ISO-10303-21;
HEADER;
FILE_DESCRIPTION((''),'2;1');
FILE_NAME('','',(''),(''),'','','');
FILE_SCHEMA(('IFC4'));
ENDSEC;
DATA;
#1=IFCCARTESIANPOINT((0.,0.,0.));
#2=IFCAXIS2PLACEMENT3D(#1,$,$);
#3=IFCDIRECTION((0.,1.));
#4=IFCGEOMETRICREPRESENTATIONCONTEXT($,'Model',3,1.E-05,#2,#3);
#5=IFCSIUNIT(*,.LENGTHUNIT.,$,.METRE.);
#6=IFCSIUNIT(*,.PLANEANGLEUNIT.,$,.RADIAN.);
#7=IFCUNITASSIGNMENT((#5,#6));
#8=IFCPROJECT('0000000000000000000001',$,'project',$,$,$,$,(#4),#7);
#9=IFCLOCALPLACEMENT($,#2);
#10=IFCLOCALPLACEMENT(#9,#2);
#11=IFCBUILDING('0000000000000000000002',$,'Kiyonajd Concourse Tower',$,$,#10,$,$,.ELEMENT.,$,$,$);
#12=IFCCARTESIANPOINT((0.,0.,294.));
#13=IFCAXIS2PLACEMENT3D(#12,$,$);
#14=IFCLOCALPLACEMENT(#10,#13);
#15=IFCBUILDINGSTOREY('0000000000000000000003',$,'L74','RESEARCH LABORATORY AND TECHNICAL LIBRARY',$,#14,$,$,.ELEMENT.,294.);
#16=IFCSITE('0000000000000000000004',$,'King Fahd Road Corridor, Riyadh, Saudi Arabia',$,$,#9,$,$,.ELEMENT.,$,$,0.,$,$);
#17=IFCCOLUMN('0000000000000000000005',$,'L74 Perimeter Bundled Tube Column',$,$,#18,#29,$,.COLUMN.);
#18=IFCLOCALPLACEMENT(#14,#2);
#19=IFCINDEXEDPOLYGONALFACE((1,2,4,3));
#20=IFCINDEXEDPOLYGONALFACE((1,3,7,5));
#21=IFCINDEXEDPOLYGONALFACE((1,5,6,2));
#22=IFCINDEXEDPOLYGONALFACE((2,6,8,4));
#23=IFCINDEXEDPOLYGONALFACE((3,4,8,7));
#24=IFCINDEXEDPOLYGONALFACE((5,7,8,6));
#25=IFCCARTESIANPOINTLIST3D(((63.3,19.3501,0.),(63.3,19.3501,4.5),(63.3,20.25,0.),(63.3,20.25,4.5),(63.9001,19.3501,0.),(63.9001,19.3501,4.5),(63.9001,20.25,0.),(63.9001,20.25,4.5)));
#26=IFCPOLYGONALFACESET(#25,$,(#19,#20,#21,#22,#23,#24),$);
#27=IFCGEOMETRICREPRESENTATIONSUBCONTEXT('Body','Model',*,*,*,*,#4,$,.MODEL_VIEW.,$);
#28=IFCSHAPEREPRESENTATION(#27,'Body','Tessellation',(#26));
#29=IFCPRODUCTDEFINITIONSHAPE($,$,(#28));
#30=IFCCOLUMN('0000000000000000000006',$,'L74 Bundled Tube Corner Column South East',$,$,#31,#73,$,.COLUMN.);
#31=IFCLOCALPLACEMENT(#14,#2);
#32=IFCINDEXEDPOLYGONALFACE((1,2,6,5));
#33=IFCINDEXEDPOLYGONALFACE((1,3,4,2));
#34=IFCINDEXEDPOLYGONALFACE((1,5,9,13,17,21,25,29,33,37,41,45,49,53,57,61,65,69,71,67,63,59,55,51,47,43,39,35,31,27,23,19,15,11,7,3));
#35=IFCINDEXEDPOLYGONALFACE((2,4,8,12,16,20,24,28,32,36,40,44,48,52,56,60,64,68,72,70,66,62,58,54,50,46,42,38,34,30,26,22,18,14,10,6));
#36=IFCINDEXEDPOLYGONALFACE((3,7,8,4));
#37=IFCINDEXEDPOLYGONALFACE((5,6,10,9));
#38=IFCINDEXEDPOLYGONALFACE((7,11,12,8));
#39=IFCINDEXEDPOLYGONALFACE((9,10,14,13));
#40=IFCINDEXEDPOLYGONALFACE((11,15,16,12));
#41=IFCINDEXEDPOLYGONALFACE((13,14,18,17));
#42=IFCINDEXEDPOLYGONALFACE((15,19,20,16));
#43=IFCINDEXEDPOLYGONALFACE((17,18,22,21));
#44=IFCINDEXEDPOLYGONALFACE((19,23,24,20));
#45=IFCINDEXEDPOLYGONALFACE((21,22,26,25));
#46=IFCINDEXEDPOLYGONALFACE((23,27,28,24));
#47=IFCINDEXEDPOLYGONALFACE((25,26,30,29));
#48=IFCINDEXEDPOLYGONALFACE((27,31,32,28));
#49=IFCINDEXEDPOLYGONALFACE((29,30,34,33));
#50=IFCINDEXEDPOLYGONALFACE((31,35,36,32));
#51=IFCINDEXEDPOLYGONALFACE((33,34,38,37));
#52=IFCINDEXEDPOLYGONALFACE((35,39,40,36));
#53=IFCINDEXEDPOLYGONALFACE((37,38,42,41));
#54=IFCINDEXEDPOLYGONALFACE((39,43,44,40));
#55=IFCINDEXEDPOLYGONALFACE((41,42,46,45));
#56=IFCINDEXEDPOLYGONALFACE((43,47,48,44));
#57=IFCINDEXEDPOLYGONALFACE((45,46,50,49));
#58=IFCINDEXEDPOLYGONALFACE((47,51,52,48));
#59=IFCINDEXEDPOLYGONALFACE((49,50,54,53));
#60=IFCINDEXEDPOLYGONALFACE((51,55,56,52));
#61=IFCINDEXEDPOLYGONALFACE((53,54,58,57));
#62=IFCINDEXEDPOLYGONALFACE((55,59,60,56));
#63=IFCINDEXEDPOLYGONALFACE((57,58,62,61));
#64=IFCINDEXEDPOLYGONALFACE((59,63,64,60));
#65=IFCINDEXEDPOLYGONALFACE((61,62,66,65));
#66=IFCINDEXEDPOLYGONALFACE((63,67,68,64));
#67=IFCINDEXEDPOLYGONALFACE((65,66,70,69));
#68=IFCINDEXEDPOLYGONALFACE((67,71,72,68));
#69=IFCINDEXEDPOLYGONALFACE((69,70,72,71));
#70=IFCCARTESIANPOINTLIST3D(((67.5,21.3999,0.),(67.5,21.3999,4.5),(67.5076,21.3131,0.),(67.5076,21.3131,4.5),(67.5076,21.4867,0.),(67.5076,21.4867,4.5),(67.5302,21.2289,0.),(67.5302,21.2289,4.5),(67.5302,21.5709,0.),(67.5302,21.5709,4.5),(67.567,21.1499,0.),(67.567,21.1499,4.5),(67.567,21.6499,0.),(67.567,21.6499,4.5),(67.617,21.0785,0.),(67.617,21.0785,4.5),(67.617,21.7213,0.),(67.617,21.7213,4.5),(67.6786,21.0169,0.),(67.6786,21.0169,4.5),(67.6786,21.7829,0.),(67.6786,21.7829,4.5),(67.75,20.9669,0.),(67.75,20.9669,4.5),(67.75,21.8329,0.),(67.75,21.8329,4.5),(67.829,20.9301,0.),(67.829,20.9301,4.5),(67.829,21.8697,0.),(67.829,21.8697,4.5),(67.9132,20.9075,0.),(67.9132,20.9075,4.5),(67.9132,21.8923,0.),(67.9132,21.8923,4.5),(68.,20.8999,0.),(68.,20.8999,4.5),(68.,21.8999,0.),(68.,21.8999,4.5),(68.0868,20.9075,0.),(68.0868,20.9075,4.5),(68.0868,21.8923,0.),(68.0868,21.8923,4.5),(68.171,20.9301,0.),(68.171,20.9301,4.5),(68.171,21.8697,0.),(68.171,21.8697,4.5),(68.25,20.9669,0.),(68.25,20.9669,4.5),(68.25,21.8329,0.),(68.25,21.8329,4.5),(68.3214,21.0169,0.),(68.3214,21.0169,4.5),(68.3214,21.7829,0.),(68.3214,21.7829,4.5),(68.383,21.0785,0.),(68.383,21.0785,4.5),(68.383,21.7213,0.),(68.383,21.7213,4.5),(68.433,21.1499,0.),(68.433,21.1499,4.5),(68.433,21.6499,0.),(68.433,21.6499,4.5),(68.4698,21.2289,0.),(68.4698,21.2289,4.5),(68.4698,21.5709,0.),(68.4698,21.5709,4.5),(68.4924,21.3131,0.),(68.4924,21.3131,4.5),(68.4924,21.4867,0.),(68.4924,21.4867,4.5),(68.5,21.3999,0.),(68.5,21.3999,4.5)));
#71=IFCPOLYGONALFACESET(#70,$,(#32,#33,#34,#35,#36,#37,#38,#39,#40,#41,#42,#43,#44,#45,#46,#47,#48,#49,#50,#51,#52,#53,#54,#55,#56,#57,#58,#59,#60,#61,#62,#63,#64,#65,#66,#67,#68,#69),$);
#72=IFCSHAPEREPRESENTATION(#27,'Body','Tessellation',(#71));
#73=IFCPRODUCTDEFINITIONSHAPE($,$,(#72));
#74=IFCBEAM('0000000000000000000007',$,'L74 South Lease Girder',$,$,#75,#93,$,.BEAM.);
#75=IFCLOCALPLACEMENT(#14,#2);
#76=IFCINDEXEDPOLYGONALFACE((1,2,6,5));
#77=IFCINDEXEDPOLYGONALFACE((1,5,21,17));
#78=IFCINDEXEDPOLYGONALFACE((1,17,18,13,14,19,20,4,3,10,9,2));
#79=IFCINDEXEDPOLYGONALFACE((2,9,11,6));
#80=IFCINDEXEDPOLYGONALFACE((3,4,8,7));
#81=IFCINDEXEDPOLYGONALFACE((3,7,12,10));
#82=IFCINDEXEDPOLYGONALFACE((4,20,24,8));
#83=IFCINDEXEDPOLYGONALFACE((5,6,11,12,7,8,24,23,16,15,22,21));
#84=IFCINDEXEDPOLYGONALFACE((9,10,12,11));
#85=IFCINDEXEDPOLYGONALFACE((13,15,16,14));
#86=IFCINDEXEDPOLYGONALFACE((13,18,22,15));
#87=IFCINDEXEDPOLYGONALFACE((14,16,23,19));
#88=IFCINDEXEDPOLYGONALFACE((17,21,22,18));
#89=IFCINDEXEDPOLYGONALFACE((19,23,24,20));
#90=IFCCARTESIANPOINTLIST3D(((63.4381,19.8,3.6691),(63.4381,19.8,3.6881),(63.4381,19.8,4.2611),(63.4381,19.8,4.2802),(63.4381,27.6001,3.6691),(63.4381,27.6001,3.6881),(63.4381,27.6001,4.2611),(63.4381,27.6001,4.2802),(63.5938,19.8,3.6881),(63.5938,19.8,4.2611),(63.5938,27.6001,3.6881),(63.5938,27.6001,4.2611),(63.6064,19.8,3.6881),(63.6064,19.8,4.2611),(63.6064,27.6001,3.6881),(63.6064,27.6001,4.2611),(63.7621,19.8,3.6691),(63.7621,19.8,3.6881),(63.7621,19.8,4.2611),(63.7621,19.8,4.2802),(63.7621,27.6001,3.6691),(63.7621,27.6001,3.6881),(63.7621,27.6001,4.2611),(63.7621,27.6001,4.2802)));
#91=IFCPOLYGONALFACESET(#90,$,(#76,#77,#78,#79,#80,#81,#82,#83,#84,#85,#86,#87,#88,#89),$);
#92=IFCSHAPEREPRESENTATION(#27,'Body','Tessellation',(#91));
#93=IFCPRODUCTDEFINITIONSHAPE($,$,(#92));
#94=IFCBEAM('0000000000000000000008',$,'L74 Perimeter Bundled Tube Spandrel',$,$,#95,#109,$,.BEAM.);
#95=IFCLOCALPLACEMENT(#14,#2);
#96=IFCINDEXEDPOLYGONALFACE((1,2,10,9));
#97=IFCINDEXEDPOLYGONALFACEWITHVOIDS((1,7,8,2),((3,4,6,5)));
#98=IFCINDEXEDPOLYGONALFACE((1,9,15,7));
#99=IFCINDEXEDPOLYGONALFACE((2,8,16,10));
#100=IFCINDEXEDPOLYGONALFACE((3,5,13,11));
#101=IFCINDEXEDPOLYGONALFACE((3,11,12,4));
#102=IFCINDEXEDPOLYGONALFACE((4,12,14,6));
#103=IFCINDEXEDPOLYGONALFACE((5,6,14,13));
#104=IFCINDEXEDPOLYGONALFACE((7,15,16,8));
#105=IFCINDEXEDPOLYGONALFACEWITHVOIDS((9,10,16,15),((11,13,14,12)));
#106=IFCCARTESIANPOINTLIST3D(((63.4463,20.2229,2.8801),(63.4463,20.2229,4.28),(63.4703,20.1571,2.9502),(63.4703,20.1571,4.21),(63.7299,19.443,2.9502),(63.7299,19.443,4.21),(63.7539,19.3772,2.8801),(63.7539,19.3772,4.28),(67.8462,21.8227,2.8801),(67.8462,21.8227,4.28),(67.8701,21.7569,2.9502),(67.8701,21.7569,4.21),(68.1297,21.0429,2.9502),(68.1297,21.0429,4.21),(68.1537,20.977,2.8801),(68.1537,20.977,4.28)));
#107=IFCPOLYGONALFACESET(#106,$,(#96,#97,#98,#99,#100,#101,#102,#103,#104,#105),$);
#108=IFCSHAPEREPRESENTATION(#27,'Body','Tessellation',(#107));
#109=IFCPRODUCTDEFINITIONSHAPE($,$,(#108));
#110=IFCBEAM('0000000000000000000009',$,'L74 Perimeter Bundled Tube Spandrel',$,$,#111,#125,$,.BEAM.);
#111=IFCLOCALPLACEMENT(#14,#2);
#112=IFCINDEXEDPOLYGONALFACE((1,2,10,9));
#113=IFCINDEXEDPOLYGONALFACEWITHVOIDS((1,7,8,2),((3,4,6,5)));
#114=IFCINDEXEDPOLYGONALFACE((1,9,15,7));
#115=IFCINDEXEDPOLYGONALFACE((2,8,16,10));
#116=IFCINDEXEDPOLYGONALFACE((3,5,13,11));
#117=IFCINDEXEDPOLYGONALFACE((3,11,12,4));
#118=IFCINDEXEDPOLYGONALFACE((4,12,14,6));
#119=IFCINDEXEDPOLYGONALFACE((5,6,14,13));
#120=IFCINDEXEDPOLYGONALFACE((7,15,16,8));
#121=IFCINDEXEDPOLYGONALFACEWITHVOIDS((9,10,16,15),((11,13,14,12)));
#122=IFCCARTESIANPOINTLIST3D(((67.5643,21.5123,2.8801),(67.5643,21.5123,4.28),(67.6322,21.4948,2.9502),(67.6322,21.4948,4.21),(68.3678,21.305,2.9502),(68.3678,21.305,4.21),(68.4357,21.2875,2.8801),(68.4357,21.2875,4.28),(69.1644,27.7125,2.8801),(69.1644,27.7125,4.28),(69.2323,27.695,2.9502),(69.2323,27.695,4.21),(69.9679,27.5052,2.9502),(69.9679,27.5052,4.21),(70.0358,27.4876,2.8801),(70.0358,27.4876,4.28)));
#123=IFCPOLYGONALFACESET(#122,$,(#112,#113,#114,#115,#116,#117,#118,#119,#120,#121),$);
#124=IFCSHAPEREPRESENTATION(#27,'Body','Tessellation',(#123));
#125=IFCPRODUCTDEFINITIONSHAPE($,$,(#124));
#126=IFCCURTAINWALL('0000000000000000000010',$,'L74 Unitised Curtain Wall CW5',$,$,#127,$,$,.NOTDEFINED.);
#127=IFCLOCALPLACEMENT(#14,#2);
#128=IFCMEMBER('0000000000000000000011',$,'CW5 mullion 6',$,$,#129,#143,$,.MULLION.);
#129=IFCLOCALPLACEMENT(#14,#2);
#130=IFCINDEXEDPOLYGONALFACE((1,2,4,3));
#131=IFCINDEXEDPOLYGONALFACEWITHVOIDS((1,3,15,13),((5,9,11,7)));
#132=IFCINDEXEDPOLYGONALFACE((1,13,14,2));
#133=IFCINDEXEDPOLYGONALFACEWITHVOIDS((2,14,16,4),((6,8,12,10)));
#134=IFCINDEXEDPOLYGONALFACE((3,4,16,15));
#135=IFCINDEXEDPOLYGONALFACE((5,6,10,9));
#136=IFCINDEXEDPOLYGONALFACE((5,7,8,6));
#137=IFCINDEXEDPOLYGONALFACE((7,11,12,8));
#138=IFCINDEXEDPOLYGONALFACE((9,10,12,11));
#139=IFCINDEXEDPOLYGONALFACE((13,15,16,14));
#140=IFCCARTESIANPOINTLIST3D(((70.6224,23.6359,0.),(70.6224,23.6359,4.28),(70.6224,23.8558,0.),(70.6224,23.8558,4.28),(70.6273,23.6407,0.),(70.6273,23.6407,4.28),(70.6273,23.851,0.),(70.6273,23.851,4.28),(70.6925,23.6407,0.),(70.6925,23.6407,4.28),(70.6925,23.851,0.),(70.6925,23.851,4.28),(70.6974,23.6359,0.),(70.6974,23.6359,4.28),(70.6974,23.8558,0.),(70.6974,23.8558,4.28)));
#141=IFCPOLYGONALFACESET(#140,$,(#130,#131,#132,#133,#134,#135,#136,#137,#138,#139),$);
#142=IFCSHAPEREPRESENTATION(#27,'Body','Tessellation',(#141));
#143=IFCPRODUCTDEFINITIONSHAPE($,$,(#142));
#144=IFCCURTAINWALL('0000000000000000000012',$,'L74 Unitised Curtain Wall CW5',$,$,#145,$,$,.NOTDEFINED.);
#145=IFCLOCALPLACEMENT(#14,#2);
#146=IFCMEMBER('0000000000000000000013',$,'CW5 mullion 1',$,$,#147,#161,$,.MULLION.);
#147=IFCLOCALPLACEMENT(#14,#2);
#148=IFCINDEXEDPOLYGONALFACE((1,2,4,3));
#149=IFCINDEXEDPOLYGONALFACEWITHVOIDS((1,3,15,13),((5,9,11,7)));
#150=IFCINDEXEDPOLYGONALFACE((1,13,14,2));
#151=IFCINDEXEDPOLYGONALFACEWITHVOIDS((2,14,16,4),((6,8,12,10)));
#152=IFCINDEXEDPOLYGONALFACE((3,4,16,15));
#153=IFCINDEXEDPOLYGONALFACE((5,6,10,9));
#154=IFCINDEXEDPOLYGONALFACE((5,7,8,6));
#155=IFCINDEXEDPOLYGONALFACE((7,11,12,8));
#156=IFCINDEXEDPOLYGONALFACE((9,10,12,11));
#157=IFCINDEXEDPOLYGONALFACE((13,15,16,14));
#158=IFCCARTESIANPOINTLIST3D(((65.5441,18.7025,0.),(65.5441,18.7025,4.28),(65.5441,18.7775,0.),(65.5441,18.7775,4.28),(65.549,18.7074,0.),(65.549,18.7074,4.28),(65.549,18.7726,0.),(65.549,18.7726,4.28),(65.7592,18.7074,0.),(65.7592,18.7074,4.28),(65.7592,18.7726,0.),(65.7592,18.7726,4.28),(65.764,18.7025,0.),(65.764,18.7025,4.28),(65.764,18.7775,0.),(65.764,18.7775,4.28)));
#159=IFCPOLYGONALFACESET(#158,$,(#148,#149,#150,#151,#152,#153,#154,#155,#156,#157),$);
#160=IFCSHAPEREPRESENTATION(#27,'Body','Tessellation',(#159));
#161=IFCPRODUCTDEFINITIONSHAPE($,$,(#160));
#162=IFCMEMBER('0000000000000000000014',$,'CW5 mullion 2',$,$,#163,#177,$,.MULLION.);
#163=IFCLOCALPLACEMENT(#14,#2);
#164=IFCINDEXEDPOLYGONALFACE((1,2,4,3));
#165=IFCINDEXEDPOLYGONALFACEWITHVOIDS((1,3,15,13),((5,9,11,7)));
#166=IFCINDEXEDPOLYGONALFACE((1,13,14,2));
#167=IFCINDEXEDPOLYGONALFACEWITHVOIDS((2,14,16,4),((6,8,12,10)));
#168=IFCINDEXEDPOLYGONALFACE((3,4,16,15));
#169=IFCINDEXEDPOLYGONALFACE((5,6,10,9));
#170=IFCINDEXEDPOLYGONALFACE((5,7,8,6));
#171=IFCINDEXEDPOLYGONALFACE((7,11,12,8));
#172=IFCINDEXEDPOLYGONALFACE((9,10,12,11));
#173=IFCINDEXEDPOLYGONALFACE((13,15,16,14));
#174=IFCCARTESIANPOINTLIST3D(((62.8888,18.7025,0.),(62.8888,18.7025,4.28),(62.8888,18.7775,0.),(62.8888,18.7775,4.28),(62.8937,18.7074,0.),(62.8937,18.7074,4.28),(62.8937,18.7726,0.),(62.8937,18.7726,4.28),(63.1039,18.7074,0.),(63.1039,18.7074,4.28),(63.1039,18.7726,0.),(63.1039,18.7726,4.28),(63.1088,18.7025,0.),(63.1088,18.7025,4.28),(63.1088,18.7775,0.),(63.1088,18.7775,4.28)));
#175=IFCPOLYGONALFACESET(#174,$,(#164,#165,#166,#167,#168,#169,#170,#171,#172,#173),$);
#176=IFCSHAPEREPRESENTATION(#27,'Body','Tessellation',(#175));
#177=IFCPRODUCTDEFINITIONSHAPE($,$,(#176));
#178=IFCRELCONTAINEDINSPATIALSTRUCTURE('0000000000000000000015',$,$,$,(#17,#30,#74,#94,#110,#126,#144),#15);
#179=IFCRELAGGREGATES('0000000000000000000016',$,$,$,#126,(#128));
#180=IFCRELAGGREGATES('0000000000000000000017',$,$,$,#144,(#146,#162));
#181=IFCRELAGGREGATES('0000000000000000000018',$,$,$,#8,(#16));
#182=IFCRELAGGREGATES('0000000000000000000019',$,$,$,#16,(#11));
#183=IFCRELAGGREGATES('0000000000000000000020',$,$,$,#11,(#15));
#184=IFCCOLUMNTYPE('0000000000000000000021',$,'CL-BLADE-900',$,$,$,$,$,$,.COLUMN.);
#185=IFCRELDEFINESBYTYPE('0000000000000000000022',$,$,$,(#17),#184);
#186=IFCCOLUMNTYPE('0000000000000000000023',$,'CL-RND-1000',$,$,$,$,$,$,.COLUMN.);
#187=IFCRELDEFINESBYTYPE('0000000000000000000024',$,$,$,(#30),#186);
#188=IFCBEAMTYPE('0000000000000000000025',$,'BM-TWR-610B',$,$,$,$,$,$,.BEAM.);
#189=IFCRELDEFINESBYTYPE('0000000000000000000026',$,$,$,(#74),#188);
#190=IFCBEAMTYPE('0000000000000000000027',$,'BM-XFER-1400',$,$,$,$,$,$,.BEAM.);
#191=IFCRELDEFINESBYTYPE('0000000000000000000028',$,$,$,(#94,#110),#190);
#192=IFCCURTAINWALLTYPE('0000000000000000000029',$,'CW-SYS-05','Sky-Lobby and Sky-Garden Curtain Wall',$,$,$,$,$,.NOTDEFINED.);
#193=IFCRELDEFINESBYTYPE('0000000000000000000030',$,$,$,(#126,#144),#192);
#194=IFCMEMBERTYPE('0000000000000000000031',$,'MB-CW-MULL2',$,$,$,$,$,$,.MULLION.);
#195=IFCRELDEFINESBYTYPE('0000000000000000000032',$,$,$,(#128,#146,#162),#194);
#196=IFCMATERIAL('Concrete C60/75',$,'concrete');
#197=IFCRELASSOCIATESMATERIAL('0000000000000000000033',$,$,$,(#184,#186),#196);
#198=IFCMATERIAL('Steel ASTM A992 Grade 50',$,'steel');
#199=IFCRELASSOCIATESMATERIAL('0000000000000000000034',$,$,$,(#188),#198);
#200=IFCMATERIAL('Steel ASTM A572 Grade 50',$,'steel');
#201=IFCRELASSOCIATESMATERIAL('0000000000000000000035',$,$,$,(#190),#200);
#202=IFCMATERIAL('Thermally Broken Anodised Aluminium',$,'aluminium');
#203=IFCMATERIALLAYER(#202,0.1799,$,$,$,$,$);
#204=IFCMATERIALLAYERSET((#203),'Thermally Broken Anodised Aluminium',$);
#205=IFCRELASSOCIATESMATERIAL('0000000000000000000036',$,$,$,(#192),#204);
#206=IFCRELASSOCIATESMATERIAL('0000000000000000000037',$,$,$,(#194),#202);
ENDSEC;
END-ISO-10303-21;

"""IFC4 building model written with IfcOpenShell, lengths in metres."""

from ifc_helpers import new_model, si_unit, direction, frame, origin, origin_2d, place, context, subcontext, project, spatial, rectangle, hollow_rectangle, circle, i_section, extrude, material, layer, layer_set, material_profile, profile_set, type_object, element, aggregate, save


model = new_model("IFC4")

# Units and contexts
model_context = context("Model", 3, precision=1e-05, world=origin(), true_north=direction((0.0, 1.0)))
body_context = subcontext(model_context, "Body", "Model", "MODEL_VIEW")
ifc_project = project(units=[si_unit("LENGTHUNIT", "METRE"), si_unit("PLANEANGLEUNIT", "RADIAN")], contexts=[model_context])

# Site, building, storey
site_placement = place(None, origin())
site = spatial("IfcSite", under=ifc_project, at=site_placement, Name="King Fahd Road Corridor, Riyadh, Saudi Arabia", CompositionType="ELEMENT", RefElevation=0.0)
building_placement = place(site_placement, origin())
building = spatial("IfcBuilding", under=site, at=building_placement, Name="Kiyonajd Concourse Tower", CompositionType="ELEMENT")
storey_placement = place(building_placement, frame((0.0, 0.0, 294.0)))
storey = spatial("IfcBuildingStorey", under=building, at=storey_placement, Name="L74", Description="RESEARCH LABORATORY AND TECHNICAL LIBRARY", CompositionType="ELEMENT", Elevation=294.0)

# Columns
ifc_material_1 = material(Name="Concrete C60/75", Category="concrete")
ifc_material_profile_1 = material_profile(ifc_material_1, rectangle(XDim=0.6001, YDim=0.8999, at=origin_2d()), Name="RC-900x600")
ifc_profile_set_1 = profile_set([ifc_material_profile_1], Name="Concrete C60/75")
column_type_1 = type_object("IfcColumnType", Name="CL-BLADE-900", PredefinedType="COLUMN", material=ifc_profile_set_1)
column_1_placement = place(storey_placement, frame((63.6001, 19.8, 0.0), z_axis=(0.0, 0.0, 1.0), x_axis=(1.0, 0.0, 0.0)))
element("IfcColumn", 1, at=column_1_placement, inside=storey, type_object=column_type_1, Name="L74 Perimeter Bundled Tube Column", PredefinedType="COLUMN", context=body_context, shape_type="SweptSolid", body=[
    extrude(rectangle(XDim=0.6001, YDim=0.8999, at=origin_2d()), origin(), (0.0, 0.0, 1.0), 4.5),
])
ifc_material_profile_2 = material_profile(ifc_material_1, circle(Radius=0.5, at=origin_2d()), Name="RCC-D1000")
ifc_profile_set_2 = profile_set([ifc_material_profile_2], Name="Concrete C60/75")
column_type_2 = type_object("IfcColumnType", Name="CL-RND-1000", PredefinedType="COLUMN", material=ifc_profile_set_2)
column_2_placement = place(storey_placement, frame((68.0, 21.3999, 0.0), z_axis=(0.0, 0.0, 1.0), x_axis=(1.0, 0.0, 0.0)))
element("IfcColumn", 2, at=column_2_placement, inside=storey, type_object=column_type_2, Name="L74 Bundled Tube Corner Column South East", PredefinedType="COLUMN", context=body_context, shape_type="SweptSolid", body=[
    extrude(circle(Radius=0.5, at=origin_2d()), origin(), (0.0, 0.0, 1.0), 4.5),
])

# Beams
ifc_material_2 = material(Name="Steel ASTM A992 Grade 50", Category="steel")
ifc_material_profile_3 = material_profile(ifc_material_2, i_section(OverallWidth=0.324, OverallDepth=0.6111, WebThickness=0.0127, FlangeThickness=0.019, at=origin_2d()), Name="W610X155")
ifc_profile_set_3 = profile_set([ifc_material_profile_3], Name="Steel ASTM A992 Grade 50")
beam_type_1 = type_object("IfcBeamType", Name="BM-TWR-610B", PredefinedType="BEAM", material=ifc_profile_set_3)
beam_1_placement = place(storey_placement, frame((63.6001, 19.8, 3.9746), z_axis=(0.0, 1.0, 0.0), x_axis=(-1.0, 0.0, 0.0)))
element("IfcBeam", 3, at=beam_1_placement, inside=storey, type_object=beam_type_1, Name="L74 South Lease Girder", PredefinedType="BEAM", context=body_context, shape_type="SweptSolid", body=[
    extrude(i_section(OverallWidth=0.324, OverallDepth=0.6111, WebThickness=0.0127, FlangeThickness=0.019, at=origin_2d()), origin(), (0.0, 0.0, 1.0), 7.8),
])
ifc_material_3 = material(Name="Steel ASTM A572 Grade 50", Category="steel")
ifc_material_profile_4 = material_profile(ifc_material_3, hollow_rectangle(XDim=0.8999, YDim=1.3999, WallThickness=0.0701, at=origin_2d()), Name="BOX-1400x900x70")
ifc_profile_set_4 = profile_set([ifc_material_profile_4], Name="Steel ASTM A572 Grade 50")
beam_type_2 = type_object("IfcBeamType", Name="BM-XFER-1400", PredefinedType="BEAM", material=ifc_profile_set_4)
beam_2_placement = place(storey_placement, frame((63.6001, 19.8, 3.5801), z_axis=(0.939801, 0.341722, 0.0), x_axis=(-0.341722, 0.939801, 0.0)))
element("IfcBeam", 4, at=beam_2_placement, inside=storey, type_object=beam_type_2, Name="L74 Perimeter Bundled Tube Spandrel", PredefinedType="BEAM", context=body_context, shape_type="SweptSolid", body=[
    extrude(hollow_rectangle(XDim=0.8999, YDim=1.3999, WallThickness=0.0701, at=origin_2d()), origin(), (0.0, 0.0, 1.0), 4.6816),
])
beam_3_placement = place(storey_placement, frame((68.0, 21.3999, 3.5801), z_axis=(0.249885, 0.968276, 0.0), x_axis=(-0.968276, 0.249885, 0.0)))
element("IfcBeam", 5, at=beam_3_placement, inside=storey, type_object=beam_type_2, Name="L74 Perimeter Bundled Tube Spandrel", PredefinedType="BEAM", context=body_context, shape_type="SweptSolid", body=[
    extrude(hollow_rectangle(XDim=0.8999, YDim=1.3999, WallThickness=0.0701, at=origin_2d()), origin(), (0.0, 0.0, 1.0), 6.4033),
])

# Curtain wall, member
ifc_material_4 = material(Name="Thermally Broken Anodised Aluminium", Category="aluminium")
ifc_layer_1 = layer(ifc_material_4, 0.1799)
ifc_layer_set_1 = layer_set([ifc_layer_1], Name="Thermally Broken Anodised Aluminium")
curtain_wall_type = type_object("IfcCurtainWallType", Name="CW-SYS-05", Description="Sky-Lobby and Sky-Garden Curtain Wall", PredefinedType="NOTDEFINED", material=ifc_layer_set_1)
curtain_wall_1_placement = place(storey_placement, origin())
curtain_wall_1 = element("IfcCurtainWall", 6, at=curtain_wall_1_placement, inside=storey, type_object=curtain_wall_type, Name="L74 Unitised Curtain Wall CW5", PredefinedType="NOTDEFINED")
ifc_material_profile_5 = material_profile(ifc_material_4, hollow_rectangle(XDim=0.075, YDim=0.22, WallThickness=0.0049, at=origin_2d()), Name="MULL-75x220")
ifc_profile_set_5 = profile_set([ifc_material_profile_5], Name="Thermally Broken Anodised Aluminium")
member_type_1 = type_object("IfcMemberType", Name="MB-CW-MULL2", PredefinedType="MULLION", material=ifc_profile_set_5)
member_1_placement = place(storey_placement, frame((70.6599, 23.7458, 0.0), z_axis=(0.0, 0.0, 1.0), x_axis=(1.0, 0.0, 0.0)))
member_1 = element("IfcMember", 7, at=member_1_placement, type_object=member_type_1, Name="CW5 mullion 6", PredefinedType="MULLION", context=body_context, shape_type="SweptSolid", body=[
    extrude(hollow_rectangle(XDim=0.075, YDim=0.22, WallThickness=0.0049, at=origin_2d()), origin(), (0.0, 0.0, 1.0), 4.28),
])
aggregate(curtain_wall_1, [member_1])

# Curtain wall, members
curtain_wall_2_placement = place(storey_placement, origin())
curtain_wall_2 = element("IfcCurtainWall", 8, at=curtain_wall_2_placement, inside=storey, type_object=curtain_wall_type, Name="L74 Unitised Curtain Wall CW5", PredefinedType="NOTDEFINED")
member_2_placement = place(storey_placement, frame((65.6541, 18.74, 0.0), z_axis=(0.0, 0.0, 1.0), x_axis=(0.0, -1.0, 0.0)))
member_2 = element("IfcMember", 9, at=member_2_placement, type_object=member_type_1, Name="CW5 mullion 1", PredefinedType="MULLION", context=body_context, shape_type="SweptSolid", body=[
    extrude(hollow_rectangle(XDim=0.075, YDim=0.22, WallThickness=0.0049, at=origin_2d()), origin(), (0.0, 0.0, 1.0), 4.28),
])
member_3_placement = place(storey_placement, frame((62.9988, 18.74, 0.0), z_axis=(0.0, 0.0, 1.0), x_axis=(0.0, -1.0, 0.0)))
member_3 = element("IfcMember", 10, at=member_3_placement, type_object=member_type_1, Name="CW5 mullion 2", PredefinedType="MULLION", context=body_context, shape_type="SweptSolid", body=[
    extrude(hollow_rectangle(XDim=0.075, YDim=0.22, WallThickness=0.0049, at=origin_2d()), origin(), (0.0, 0.0, 1.0), 4.28),
])

aggregate(curtain_wall_2, [member_2, member_3])

save(model, "model.ifc")
